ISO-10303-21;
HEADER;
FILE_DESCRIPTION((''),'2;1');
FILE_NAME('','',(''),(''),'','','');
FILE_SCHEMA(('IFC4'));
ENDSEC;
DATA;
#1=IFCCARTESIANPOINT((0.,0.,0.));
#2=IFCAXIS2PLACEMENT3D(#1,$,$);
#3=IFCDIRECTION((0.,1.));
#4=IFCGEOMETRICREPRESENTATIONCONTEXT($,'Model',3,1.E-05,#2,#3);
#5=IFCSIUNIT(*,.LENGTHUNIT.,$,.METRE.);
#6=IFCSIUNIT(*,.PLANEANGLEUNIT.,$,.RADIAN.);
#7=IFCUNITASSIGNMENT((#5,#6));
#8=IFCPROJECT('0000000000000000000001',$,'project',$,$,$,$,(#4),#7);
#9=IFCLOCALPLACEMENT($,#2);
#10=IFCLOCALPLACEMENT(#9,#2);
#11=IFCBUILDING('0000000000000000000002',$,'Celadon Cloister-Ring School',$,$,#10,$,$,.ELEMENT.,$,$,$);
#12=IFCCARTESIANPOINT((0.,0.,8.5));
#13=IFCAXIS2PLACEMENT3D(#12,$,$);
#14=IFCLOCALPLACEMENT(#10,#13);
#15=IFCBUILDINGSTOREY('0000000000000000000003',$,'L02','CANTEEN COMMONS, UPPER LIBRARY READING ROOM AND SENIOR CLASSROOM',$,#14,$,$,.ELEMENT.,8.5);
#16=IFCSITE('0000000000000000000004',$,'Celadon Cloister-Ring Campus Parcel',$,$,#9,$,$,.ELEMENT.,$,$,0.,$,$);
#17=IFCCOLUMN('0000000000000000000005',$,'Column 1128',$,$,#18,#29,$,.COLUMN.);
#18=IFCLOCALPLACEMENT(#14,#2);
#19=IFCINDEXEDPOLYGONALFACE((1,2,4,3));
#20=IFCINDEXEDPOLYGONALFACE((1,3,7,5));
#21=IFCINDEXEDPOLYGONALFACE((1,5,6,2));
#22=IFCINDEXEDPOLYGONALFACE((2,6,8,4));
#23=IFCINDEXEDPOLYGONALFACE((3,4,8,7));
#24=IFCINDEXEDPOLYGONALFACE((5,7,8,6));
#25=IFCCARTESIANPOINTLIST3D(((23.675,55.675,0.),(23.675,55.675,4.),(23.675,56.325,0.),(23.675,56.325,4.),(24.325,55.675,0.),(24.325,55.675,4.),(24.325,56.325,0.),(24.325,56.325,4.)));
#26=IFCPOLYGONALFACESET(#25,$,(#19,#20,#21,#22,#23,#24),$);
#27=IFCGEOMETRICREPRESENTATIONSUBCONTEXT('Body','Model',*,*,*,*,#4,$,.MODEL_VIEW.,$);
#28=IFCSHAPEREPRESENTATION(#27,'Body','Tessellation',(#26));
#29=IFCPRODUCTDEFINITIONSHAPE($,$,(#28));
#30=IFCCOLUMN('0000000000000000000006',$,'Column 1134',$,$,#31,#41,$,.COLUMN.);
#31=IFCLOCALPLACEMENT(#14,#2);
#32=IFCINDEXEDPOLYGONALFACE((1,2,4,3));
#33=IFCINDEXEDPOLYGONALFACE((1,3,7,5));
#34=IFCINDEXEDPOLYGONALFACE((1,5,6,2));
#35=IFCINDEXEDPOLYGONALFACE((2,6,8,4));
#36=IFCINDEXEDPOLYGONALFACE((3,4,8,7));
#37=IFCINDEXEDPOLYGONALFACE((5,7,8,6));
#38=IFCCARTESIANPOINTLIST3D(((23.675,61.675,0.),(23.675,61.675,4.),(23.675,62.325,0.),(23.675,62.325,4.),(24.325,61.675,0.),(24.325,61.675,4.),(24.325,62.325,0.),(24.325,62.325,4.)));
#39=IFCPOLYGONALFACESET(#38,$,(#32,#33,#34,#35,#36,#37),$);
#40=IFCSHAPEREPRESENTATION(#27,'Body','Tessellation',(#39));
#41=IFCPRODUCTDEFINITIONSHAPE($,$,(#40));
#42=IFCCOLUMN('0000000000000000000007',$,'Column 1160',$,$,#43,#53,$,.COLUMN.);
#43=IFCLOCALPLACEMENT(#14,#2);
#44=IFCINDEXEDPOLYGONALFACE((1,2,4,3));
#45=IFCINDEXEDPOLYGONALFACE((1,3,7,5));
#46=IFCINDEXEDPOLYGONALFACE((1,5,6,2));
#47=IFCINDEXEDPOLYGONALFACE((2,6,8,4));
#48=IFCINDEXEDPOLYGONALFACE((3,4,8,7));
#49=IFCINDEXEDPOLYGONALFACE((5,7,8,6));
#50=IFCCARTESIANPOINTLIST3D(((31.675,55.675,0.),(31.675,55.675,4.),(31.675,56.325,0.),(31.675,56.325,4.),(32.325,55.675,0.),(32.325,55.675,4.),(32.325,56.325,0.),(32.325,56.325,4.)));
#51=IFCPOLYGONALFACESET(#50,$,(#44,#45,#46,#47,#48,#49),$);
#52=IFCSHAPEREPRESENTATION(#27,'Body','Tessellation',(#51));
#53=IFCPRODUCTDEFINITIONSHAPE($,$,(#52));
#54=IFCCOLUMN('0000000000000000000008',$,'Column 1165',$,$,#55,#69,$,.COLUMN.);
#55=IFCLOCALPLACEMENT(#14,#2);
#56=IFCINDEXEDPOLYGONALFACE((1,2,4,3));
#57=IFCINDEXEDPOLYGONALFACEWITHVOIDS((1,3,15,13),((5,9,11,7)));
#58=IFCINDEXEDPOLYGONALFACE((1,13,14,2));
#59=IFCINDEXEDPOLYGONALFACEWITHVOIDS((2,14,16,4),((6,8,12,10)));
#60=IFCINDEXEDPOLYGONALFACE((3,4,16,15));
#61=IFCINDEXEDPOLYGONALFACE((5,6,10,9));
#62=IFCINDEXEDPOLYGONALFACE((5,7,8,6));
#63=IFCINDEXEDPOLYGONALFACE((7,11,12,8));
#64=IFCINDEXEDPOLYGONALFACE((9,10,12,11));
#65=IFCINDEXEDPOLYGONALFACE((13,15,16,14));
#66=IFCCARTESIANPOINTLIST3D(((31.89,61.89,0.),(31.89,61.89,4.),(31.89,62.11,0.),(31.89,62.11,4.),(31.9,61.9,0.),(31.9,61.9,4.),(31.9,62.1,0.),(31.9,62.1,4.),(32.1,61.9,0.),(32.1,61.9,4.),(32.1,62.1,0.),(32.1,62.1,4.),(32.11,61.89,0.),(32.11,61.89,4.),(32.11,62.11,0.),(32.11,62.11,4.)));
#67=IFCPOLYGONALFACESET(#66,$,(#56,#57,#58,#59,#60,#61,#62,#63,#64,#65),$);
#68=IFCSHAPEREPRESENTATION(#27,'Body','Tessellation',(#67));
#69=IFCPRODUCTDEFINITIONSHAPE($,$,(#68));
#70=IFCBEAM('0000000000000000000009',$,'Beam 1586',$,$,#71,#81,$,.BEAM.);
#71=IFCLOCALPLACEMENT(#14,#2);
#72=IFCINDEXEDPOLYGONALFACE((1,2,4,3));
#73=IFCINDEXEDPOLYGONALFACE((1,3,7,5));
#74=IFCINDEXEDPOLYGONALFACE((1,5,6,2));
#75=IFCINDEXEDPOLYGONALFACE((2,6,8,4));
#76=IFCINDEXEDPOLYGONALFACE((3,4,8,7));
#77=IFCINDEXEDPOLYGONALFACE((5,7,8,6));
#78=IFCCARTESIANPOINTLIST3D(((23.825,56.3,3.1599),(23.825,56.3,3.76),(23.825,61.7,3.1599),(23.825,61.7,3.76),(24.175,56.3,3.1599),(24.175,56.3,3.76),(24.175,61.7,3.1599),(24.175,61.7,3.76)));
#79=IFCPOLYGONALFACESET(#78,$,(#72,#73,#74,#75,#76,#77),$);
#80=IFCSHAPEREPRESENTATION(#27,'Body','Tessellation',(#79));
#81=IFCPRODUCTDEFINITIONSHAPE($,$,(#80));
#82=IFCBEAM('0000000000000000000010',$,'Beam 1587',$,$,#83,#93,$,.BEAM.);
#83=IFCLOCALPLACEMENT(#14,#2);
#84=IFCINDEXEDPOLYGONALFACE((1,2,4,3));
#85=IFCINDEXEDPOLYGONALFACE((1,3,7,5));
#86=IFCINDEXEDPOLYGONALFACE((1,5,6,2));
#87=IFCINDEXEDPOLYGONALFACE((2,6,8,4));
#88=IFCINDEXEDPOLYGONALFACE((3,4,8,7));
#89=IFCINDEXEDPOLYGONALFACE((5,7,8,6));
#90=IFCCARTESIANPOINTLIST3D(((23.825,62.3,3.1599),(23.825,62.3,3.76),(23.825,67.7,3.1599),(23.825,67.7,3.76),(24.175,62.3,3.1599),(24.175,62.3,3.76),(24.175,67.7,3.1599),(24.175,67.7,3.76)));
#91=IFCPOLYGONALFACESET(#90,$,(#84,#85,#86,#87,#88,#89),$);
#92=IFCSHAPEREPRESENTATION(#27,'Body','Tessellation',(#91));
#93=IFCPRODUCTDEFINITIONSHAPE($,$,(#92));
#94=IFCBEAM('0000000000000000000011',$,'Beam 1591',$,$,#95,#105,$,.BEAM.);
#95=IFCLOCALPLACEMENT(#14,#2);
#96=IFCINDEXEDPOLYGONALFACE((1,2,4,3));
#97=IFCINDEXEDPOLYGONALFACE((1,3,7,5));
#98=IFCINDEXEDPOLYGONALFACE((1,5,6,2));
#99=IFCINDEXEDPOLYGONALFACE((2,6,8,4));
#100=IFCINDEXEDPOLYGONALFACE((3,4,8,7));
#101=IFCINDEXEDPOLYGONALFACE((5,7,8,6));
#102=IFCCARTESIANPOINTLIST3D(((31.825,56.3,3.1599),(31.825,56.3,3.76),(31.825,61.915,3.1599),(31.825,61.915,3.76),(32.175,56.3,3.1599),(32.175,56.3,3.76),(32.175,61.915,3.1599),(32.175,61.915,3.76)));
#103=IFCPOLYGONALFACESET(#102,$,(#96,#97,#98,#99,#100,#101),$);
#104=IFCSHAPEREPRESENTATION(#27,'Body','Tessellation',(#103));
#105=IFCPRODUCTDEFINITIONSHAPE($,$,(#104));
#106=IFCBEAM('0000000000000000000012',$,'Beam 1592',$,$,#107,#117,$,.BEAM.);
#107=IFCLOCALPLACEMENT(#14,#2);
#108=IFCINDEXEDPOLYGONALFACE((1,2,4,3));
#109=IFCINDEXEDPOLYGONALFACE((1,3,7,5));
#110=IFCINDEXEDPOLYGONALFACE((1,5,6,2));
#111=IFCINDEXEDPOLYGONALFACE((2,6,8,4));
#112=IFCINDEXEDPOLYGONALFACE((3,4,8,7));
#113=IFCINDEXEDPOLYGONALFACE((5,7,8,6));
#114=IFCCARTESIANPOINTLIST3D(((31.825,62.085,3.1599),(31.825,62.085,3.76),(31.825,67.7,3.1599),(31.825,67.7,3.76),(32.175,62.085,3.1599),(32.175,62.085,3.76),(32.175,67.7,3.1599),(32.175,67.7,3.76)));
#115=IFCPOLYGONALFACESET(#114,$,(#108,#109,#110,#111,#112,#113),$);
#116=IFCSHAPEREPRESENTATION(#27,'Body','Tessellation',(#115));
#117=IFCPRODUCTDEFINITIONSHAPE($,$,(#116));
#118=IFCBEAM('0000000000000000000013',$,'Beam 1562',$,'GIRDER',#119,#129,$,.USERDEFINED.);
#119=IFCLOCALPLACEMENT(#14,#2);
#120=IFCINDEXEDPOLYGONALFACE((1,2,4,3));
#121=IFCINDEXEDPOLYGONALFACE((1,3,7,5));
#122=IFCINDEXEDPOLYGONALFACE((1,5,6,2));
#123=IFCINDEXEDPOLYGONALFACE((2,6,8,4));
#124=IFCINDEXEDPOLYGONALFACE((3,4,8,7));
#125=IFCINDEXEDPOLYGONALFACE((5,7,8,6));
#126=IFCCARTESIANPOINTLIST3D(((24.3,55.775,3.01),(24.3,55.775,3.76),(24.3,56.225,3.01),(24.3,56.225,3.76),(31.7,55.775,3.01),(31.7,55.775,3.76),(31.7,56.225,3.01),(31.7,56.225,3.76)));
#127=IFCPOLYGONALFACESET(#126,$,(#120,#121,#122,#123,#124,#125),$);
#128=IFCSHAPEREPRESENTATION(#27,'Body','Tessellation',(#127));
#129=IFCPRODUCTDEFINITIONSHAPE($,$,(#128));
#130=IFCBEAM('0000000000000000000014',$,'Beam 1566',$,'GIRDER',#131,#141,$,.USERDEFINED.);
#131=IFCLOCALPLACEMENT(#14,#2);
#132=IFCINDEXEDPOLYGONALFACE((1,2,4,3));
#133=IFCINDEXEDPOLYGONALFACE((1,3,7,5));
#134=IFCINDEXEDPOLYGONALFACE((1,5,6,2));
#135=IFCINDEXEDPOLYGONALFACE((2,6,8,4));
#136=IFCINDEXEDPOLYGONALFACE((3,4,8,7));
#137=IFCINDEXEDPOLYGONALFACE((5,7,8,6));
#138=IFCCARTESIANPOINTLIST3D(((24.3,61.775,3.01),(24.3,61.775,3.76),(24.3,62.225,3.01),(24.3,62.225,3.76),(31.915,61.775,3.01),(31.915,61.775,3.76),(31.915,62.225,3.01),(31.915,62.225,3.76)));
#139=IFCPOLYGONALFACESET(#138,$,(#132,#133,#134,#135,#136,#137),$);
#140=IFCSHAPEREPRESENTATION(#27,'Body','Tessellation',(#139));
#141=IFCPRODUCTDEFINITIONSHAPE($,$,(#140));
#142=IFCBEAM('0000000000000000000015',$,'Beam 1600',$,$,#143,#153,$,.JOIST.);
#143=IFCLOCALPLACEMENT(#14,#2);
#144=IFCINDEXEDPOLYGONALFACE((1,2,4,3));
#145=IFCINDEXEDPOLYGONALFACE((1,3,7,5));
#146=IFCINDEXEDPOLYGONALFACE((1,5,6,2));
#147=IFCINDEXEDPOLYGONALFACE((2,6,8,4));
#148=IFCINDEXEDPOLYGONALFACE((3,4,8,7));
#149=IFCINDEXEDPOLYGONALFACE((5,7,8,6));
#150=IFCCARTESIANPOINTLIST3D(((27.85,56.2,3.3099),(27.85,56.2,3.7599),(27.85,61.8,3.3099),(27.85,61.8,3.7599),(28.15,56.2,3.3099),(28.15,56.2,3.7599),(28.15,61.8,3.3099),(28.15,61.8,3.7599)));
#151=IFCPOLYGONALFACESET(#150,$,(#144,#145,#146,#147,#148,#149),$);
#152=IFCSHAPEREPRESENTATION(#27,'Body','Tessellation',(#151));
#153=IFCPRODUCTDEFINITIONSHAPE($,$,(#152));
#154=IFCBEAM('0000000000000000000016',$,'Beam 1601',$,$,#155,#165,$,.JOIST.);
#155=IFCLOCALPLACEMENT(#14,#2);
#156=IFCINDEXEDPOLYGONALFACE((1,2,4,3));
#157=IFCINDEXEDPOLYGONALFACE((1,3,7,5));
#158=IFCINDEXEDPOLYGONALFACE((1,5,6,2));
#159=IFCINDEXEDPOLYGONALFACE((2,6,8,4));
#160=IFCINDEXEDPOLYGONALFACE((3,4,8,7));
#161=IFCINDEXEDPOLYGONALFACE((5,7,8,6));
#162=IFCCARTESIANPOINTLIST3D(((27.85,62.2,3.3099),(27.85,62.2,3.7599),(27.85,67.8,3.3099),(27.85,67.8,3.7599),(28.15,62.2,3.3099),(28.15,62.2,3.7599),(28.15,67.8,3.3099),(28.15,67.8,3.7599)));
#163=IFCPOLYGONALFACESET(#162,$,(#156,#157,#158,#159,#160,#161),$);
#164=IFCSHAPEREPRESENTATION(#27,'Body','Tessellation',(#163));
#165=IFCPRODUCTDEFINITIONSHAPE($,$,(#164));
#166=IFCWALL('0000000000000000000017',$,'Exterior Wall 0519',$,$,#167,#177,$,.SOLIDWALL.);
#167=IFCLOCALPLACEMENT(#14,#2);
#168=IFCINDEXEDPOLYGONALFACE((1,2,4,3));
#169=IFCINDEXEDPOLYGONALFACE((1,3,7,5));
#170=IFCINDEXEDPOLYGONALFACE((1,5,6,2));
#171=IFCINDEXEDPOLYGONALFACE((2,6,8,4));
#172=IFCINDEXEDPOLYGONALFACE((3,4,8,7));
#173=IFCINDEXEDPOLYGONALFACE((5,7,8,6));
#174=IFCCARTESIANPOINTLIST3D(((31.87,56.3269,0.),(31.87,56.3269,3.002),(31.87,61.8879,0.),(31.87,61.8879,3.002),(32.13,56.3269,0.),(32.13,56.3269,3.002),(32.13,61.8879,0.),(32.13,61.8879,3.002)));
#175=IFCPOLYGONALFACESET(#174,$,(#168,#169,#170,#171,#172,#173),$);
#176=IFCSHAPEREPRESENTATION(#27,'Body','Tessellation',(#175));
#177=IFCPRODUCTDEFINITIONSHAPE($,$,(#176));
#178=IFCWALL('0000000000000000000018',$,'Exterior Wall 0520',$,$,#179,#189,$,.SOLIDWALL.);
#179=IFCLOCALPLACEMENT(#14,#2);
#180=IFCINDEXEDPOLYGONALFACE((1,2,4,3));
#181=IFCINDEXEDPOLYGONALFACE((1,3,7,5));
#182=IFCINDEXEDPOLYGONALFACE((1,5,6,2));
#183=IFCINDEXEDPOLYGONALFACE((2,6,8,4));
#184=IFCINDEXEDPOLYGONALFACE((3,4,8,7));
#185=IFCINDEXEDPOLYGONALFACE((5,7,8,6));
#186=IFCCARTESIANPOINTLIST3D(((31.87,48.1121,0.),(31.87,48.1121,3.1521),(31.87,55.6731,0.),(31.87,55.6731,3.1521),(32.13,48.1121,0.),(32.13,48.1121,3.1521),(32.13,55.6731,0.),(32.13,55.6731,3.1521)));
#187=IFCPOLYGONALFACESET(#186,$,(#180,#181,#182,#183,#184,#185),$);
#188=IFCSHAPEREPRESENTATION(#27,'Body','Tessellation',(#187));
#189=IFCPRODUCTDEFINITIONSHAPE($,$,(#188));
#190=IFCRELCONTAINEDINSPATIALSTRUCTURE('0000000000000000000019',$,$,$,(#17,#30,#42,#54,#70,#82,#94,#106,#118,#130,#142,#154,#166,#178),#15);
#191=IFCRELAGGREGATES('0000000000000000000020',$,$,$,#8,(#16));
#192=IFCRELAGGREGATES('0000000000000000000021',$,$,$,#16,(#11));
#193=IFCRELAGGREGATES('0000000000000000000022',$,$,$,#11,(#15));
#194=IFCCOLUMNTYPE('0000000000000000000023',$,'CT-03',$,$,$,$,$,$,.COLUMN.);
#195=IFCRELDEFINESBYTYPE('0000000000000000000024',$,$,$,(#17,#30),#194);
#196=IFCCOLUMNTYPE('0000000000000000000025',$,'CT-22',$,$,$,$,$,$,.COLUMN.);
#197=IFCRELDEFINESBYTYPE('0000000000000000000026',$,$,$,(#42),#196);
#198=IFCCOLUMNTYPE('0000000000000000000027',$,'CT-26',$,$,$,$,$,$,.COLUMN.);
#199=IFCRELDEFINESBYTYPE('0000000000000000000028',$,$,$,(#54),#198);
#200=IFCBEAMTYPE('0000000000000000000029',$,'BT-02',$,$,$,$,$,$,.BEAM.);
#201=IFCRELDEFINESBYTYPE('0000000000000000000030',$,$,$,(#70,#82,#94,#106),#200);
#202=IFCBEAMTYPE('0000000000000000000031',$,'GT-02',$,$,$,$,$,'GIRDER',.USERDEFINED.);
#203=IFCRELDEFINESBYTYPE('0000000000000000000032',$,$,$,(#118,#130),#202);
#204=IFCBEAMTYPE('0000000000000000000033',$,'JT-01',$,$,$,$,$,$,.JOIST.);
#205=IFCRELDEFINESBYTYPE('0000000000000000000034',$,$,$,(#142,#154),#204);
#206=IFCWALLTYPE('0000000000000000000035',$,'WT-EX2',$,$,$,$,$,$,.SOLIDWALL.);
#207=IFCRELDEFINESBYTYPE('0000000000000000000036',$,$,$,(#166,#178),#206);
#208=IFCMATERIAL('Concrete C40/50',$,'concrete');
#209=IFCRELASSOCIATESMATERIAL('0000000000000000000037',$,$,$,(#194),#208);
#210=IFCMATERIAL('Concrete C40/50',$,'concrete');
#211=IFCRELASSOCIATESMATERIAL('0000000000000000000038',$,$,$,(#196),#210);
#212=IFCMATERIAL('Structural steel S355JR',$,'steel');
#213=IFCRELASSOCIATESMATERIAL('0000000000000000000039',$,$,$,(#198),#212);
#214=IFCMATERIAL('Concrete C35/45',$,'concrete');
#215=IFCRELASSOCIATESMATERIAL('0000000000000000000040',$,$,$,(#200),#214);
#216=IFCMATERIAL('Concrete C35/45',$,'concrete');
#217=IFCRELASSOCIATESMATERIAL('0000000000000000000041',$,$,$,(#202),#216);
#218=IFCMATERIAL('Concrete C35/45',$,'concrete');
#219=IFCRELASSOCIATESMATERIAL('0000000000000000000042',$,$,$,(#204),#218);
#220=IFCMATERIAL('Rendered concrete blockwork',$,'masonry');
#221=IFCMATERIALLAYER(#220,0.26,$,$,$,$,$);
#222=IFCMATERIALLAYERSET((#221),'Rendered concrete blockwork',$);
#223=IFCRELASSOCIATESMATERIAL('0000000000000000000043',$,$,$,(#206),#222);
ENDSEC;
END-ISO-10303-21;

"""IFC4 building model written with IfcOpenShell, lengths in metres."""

from ifc_helpers import new_model, si_unit, direction, frame, frame_2d, origin, origin_2d, place, context, subcontext, project, spatial, rectangle, hollow_rectangle, extrude, material, layer, layer_set, material_profile, profile_set, type_object, element, save


model = new_model("IFC4")

# Units and contexts
model_context = context("Model", 3, precision=1e-05, world=origin(), true_north=direction((0.0, 1.0)))
body_context = subcontext(model_context, "Body", "Model", "MODEL_VIEW")
ifc_project = project(units=[si_unit("LENGTHUNIT", "METRE"), si_unit("PLANEANGLEUNIT", "RADIAN")], contexts=[model_context])

# Site, building, storey
site_placement = place(None, origin())
site = spatial("IfcSite", under=ifc_project, at=site_placement, Name="Celadon Cloister-Ring Campus Parcel", CompositionType="ELEMENT", RefElevation=0.0)
building_placement = place(site_placement, origin())
building = spatial("IfcBuilding", under=site, at=building_placement, Name="Celadon Cloister-Ring School", CompositionType="ELEMENT")
storey_placement = place(building_placement, frame((0.0, 0.0, 8.5)))
storey = spatial("IfcBuildingStorey", under=building, at=storey_placement, Name="L02", Description="CANTEEN COMMONS, UPPER LIBRARY READING ROOM AND SENIOR CLASSROOM", CompositionType="ELEMENT", Elevation=8.5)

# Columns
ifc_material_1 = material(Name="Concrete C40/50", Category="concrete")
ifc_material_profile_1 = material_profile(ifc_material_1, rectangle(XDim=0.6499, YDim=0.6499, at=origin_2d()), Name="RC650X650")
ifc_profile_set_1 = profile_set([ifc_material_profile_1], Name="Concrete C40/50")
column_type_1 = type_object("IfcColumnType", Name="CT-03", PredefinedType="COLUMN", material=ifc_profile_set_1)
for number, where, z_axis, x_axis, name in (
    (1, (24.0, 56.0, 0.0), (0.0, 0.0, 1.0), (1.0, 0.0, 0.0), "Column 1128"),
    (2, (24.0, 62.0, 0.0), (0.0, 0.0, 1.0), (1.0, 0.0, 0.0), "Column 1134"),
):
    element("IfcColumn", number, at=place(storey_placement, frame(where, z_axis=z_axis, x_axis=x_axis)), inside=storey, type_object=column_type_1, Name=name, PredefinedType="COLUMN", context=body_context, shape_type="SweptSolid", body=[
        extrude(rectangle(XDim=0.6499, YDim=0.6499, at=origin_2d()), origin(), (0.0, 0.0, 1.0), 4.0),
    ])
ifc_material_2 = material(Name="Concrete C40/50", Category="concrete")
ifc_material_profile_2 = material_profile(ifc_material_2, rectangle(XDim=0.6499, YDim=0.6499, at=origin_2d()), Name="RC650X650")
ifc_profile_set_2 = profile_set([ifc_material_profile_2], Name="Concrete C40/50")
column_type_2 = type_object("IfcColumnType", Name="CT-22", PredefinedType="COLUMN", material=ifc_profile_set_2)
column_1_placement = place(storey_placement, frame((32.0, 56.0, 0.0), z_axis=(0.0, 0.0, 1.0), x_axis=(1.0, 0.0, 0.0)))
element("IfcColumn", 3, at=column_1_placement, inside=storey, type_object=column_type_2, Name="Column 1160", PredefinedType="COLUMN", context=body_context, shape_type="SweptSolid", body=[
    extrude(rectangle(XDim=0.6499, YDim=0.6499, at=origin_2d()), origin(), (0.0, 0.0, 1.0), 4.0),
])
ifc_material_3 = material(Name="Structural steel S355JR", Category="steel")
ifc_material_profile_3 = material_profile(ifc_material_3, hollow_rectangle(XDim=0.22, YDim=0.22, WallThickness=0.01, at=origin_2d()), Name="HSS220X220X10")
ifc_profile_set_3 = profile_set([ifc_material_profile_3], Name="Structural steel S355JR")
column_type_3 = type_object("IfcColumnType", Name="CT-26", PredefinedType="COLUMN", material=ifc_profile_set_3)
column_2_placement = place(storey_placement, frame((32.0, 62.0, 0.0), z_axis=(0.0, 0.0, 1.0), x_axis=(1.0, 0.0, 0.0)))
element("IfcColumn", 4, at=column_2_placement, inside=storey, type_object=column_type_3, Name="Column 1165", PredefinedType="COLUMN", context=body_context, shape_type="SweptSolid", body=[
    extrude(hollow_rectangle(XDim=0.22, YDim=0.22, WallThickness=0.01, at=origin_2d()), origin(), (0.0, 0.0, 1.0), 4.0),
])

# Beams
ifc_material_4 = material(Name="Concrete C35/45", Category="concrete")
ifc_material_profile_4 = material_profile(ifc_material_4, rectangle(XDim=0.3501, YDim=0.6001, at=origin_2d()), Name="RC350X600")
ifc_profile_set_4 = profile_set([ifc_material_profile_4], Name="Concrete C35/45")
beam_type_1 = type_object("IfcBeamType", Name="BT-02", PredefinedType="BEAM", material=ifc_profile_set_4)
for number, where, z_axis, x_axis, name in (
    (5, (24.0, 56.3, 3.46), (0.0, 1.0, 0.0), (-1.0, 0.0, 0.0), "Beam 1586"),
    (6, (24.0, 62.3, 3.46), (0.0, 1.0, 0.0), (-1.0, 0.0, 0.0), "Beam 1587"),
):
    element("IfcBeam", number, at=place(storey_placement, frame(where, z_axis=z_axis, x_axis=x_axis)), inside=storey, type_object=beam_type_1, Name=name, PredefinedType="BEAM", context=body_context, shape_type="SweptSolid", body=[
        extrude(rectangle(XDim=0.3501, YDim=0.6001, at=origin_2d()), origin(), (0.0, 0.0, 1.0), 5.3999),
    ])
for number, where, z_axis, x_axis, name in (
    (7, (32.0, 56.3, 3.46), (0.0, 1.0, 0.0), (-1.0, 0.0, 0.0), "Beam 1591"),
    (8, (32.0, 62.085, 3.46), (0.0, 1.0, 0.0), (-1.0, 0.0, 0.0), "Beam 1592"),
):
    element("IfcBeam", number, at=place(storey_placement, frame(where, z_axis=z_axis, x_axis=x_axis)), inside=storey, type_object=beam_type_1, Name=name, PredefinedType="BEAM", context=body_context, shape_type="SweptSolid", body=[
        extrude(rectangle(XDim=0.3501, YDim=0.6001, at=origin_2d()), origin(), (0.0, 0.0, 1.0), 5.615),
    ])
ifc_material_5 = material(Name="Concrete C35/45", Category="concrete")
ifc_material_profile_5 = material_profile(ifc_material_5, rectangle(XDim=0.45, YDim=0.75, at=origin_2d()), Name="RC450X750")
ifc_profile_set_5 = profile_set([ifc_material_profile_5], Name="Concrete C35/45")
beam_type_2 = type_object("IfcBeamType", Name="GT-02", ElementType="GIRDER", PredefinedType="USERDEFINED", material=ifc_profile_set_5)
beam_1_placement = place(storey_placement, frame((24.3, 56.0, 3.385), z_axis=(1.0, 0.0, 0.0), x_axis=(0.0, 1.0, 0.0)))
element("IfcBeam", 9, at=beam_1_placement, inside=storey, type_object=beam_type_2, Name="Beam 1562", ObjectType="GIRDER", PredefinedType="USERDEFINED", context=body_context, shape_type="SweptSolid", body=[
    extrude(rectangle(XDim=0.45, YDim=0.75, at=origin_2d()), origin(), (0.0, 0.0, 1.0), 7.3999),
])
beam_2_placement = place(storey_placement, frame((24.3, 62.0, 3.385), z_axis=(1.0, 0.0, 0.0), x_axis=(0.0, 1.0, 0.0)))
element("IfcBeam", 10, at=beam_2_placement, inside=storey, type_object=beam_type_2, Name="Beam 1566", ObjectType="GIRDER", PredefinedType="USERDEFINED", context=body_context, shape_type="SweptSolid", body=[
    extrude(rectangle(XDim=0.45, YDim=0.75, at=origin_2d()), origin(), (0.0, 0.0, 1.0), 7.615),
])
ifc_material_6 = material(Name="Concrete C35/45", Category="concrete")
ifc_material_profile_6 = material_profile(ifc_material_6, rectangle(XDim=0.3, YDim=0.45, at=origin_2d()), Name="RC300X450")
ifc_profile_set_6 = profile_set([ifc_material_profile_6], Name="Concrete C35/45")
beam_type_3 = type_object("IfcBeamType", Name="JT-01", PredefinedType="JOIST", material=ifc_profile_set_6)
for number, where, z_axis, x_axis, name in (
    (11, (28.0, 56.2, 3.5349), (0.0, 1.0, 0.0), (-1.0, 0.0, 0.0), "Beam 1600"),
    (12, (28.0, 62.2, 3.5349), (0.0, 1.0, 0.0), (-1.0, 0.0, 0.0), "Beam 1601"),
):
    element("IfcBeam", number, at=place(storey_placement, frame(where, z_axis=z_axis, x_axis=x_axis)), inside=storey, type_object=beam_type_3, Name=name, PredefinedType="JOIST", context=body_context, shape_type="SweptSolid", body=[
        extrude(rectangle(XDim=0.3, YDim=0.45, at=origin_2d()), origin(), (0.0, 0.0, 1.0), 5.6001),
    ])

# Walls
ifc_material_7 = material(Name="Rendered concrete blockwork", Category="masonry")
ifc_layer_1 = layer(ifc_material_7, 0.26)
ifc_layer_set_1 = layer_set([ifc_layer_1], Name="Rendered concrete blockwork")
wall_type_1 = type_object("IfcWallType", Name="WT-EX2", PredefinedType="SOLIDWALL", material=ifc_layer_set_1)
wall_1_placement = place(storey_placement, frame((32.0, 61.8879, 0.0), z_axis=(0.0, 0.0, 1.0), x_axis=(0.0, -1.0, 0.0)))
element("IfcWall", 13, at=wall_1_placement, inside=storey, type_object=wall_type_1, Name="Exterior Wall 0519", PredefinedType="SOLIDWALL", context=body_context, shape_type="SweptSolid", body=[
    extrude(rectangle(XDim=5.561, YDim=0.26, at=frame_2d((2.7805, 0.0))), origin(), (0.0, 0.0, 1.0), 3.002),
])
wall_2_placement = place(storey_placement, frame((32.0, 55.6731, 0.0), z_axis=(0.0, 0.0, 1.0), x_axis=(0.0, -1.0, 0.0)))
element("IfcWall", 14, at=wall_2_placement, inside=storey, type_object=wall_type_1, Name="Exterior Wall 0520", PredefinedType="SOLIDWALL", context=body_context, shape_type="SweptSolid", body=[
    extrude(rectangle(XDim=7.561, YDim=0.26, at=frame_2d((3.7805, 0.0))), origin(), (0.0, 0.0, 1.0), 3.1521),
])

save(model, "model.ifc")
